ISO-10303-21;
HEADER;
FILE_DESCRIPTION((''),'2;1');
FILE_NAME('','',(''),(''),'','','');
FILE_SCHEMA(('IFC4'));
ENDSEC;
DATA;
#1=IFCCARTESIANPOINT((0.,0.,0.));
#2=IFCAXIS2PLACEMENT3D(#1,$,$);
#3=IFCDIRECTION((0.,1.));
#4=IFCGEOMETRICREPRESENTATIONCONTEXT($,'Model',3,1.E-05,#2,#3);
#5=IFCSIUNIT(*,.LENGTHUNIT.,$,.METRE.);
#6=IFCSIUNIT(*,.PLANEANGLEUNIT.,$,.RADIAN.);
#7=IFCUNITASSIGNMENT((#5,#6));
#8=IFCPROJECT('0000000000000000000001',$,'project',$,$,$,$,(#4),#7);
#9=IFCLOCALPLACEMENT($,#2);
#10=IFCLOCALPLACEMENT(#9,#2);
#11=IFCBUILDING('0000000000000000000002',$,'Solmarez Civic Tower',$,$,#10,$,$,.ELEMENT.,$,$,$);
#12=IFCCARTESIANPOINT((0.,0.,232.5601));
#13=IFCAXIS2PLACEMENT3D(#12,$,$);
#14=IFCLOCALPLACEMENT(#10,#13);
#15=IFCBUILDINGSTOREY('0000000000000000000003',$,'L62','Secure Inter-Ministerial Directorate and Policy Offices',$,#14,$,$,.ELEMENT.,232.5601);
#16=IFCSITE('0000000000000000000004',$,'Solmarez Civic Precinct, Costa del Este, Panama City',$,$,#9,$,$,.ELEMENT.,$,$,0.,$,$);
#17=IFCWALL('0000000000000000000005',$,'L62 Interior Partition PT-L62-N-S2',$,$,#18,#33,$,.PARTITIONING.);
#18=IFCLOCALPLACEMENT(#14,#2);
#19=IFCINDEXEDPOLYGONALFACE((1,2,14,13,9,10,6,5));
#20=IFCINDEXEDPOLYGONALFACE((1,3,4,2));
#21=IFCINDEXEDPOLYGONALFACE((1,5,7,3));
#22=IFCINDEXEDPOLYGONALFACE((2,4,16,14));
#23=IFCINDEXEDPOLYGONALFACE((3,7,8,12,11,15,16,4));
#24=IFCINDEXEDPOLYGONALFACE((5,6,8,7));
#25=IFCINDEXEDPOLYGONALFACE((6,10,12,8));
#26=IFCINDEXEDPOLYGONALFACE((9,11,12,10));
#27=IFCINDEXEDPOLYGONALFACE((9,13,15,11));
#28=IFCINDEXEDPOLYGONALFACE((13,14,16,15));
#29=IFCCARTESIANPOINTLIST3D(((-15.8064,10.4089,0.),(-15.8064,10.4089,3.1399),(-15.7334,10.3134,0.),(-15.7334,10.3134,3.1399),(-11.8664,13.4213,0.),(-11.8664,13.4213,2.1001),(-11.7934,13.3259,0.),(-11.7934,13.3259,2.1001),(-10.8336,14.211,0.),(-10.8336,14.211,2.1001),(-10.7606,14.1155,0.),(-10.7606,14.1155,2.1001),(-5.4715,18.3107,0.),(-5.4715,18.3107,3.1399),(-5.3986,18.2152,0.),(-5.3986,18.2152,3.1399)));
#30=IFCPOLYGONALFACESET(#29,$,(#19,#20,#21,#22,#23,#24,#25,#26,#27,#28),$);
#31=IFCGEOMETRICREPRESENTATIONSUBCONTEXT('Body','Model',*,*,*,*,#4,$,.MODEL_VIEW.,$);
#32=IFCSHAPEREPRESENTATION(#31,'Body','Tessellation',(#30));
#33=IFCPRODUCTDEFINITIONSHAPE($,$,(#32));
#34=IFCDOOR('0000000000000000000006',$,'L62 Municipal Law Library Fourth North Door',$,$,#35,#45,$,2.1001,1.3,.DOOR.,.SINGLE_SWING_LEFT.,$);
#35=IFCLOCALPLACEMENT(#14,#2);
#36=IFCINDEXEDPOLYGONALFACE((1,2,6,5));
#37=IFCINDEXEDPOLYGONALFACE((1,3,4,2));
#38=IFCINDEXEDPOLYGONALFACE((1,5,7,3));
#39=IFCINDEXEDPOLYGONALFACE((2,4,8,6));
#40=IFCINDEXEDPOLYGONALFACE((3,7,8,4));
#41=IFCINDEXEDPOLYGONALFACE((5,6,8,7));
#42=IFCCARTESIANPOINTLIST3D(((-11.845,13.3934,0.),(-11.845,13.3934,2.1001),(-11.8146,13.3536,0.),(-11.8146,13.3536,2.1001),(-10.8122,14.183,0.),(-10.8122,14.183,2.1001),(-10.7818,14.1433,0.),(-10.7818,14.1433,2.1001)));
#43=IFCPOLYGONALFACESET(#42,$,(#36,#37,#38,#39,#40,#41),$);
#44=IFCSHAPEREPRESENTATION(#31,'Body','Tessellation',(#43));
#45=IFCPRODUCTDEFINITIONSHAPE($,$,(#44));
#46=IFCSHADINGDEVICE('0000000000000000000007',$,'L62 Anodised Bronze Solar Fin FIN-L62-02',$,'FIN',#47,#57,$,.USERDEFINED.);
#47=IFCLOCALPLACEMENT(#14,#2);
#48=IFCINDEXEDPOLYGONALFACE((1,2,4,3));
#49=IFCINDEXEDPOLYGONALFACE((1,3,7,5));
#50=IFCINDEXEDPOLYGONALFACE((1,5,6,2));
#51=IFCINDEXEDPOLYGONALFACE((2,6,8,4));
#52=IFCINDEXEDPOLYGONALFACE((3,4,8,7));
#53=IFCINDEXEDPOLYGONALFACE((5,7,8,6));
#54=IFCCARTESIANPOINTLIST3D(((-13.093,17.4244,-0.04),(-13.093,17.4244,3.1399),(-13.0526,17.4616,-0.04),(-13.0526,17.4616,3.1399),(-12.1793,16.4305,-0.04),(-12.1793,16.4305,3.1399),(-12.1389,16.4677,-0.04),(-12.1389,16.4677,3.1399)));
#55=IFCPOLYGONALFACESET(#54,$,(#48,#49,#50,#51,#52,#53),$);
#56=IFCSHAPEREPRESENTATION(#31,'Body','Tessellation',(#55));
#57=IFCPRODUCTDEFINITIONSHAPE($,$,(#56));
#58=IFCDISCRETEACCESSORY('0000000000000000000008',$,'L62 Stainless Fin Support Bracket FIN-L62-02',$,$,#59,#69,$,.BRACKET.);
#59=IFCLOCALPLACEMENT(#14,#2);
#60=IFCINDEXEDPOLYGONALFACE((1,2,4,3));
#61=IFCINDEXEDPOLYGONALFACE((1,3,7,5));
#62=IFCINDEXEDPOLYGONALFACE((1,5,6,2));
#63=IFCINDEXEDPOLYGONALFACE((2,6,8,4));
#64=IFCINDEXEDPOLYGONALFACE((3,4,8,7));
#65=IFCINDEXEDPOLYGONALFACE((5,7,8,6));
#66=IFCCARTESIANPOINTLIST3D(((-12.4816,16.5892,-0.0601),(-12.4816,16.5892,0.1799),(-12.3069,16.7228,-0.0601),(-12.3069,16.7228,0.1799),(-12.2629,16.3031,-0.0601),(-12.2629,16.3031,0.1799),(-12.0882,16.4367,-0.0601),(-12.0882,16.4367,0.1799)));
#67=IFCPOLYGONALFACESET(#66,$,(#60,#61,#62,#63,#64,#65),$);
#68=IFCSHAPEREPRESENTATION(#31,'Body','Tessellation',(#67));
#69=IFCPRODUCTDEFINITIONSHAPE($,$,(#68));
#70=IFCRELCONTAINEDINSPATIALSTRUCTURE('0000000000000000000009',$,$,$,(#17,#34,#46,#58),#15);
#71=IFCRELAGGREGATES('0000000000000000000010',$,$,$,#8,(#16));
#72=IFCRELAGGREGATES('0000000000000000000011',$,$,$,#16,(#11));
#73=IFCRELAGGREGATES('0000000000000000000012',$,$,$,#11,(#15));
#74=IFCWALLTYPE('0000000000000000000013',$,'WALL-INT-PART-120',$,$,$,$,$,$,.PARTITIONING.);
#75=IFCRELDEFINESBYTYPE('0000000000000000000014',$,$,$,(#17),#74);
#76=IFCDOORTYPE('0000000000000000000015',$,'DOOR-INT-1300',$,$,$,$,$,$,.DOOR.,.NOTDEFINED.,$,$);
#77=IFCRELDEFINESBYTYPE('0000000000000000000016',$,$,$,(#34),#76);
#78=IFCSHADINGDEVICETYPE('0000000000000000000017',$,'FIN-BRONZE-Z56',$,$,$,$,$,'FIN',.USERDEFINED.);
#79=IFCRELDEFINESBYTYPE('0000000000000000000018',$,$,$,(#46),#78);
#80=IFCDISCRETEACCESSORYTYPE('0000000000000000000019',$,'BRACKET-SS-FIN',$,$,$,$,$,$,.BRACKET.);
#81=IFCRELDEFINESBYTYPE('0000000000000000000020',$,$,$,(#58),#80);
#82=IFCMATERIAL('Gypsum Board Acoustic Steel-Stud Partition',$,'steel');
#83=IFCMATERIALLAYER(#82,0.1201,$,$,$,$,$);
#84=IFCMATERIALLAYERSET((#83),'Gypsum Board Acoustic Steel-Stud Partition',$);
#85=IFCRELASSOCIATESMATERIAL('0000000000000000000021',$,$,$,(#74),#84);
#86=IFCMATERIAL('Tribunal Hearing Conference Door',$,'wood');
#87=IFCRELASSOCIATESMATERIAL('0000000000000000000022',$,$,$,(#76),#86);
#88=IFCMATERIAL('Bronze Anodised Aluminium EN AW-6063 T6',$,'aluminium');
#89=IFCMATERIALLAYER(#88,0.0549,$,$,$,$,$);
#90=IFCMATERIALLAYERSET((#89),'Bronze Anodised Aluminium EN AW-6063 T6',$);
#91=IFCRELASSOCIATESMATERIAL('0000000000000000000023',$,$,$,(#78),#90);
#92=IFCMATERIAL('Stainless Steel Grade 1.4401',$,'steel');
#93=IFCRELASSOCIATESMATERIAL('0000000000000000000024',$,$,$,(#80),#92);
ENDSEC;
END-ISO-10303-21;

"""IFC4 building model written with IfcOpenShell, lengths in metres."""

from ifc_helpers import new_model, si_unit, direction, frame, frame_2d, origin, origin_2d, place, context, subcontext, project, spatial, rectangle, extrude, material, layer, layer_set, type_object, element, fill, save


model = new_model("IFC4")

# Units and contexts
model_context = context("Model", 3, precision=1e-05, world=origin(), true_north=direction((0.0, 1.0)))
body_context = subcontext(model_context, "Body", "Model", "MODEL_VIEW")
ifc_project = project(units=[si_unit("LENGTHUNIT", "METRE"), si_unit("PLANEANGLEUNIT", "RADIAN")], contexts=[model_context])

# Site, building, storey
site_placement = place(None, origin())
site = spatial("IfcSite", under=ifc_project, at=site_placement, Name="Solmarez Civic Precinct, Costa del Este, Panama City", CompositionType="ELEMENT", RefElevation=0.0)
building_placement = place(site_placement, origin())
building = spatial("IfcBuilding", under=site, at=building_placement, Name="Solmarez Civic Tower", CompositionType="ELEMENT")
storey_placement = place(building_placement, frame((0.0, 0.0, 232.5601)))
storey = spatial("IfcBuildingStorey", under=building, at=storey_placement, Name="L62", Description="Secure Inter-Ministerial Directorate and Policy Offices", CompositionType="ELEMENT", Elevation=232.5601)

# Shared definitions
ifc_material_1 = material(Name="Bronze Anodised Aluminium EN AW-6063 T6", Category="aluminium")

# Shared definitions
ifc_material_2 = material(Name="Gypsum Board Acoustic Steel-Stud Partition", Category="steel")
ifc_layer_1 = layer(ifc_material_2, 0.1201)
ifc_layer_set_1 = layer_set([ifc_layer_1], Name="Gypsum Board Acoustic Steel-Stud Partition")
wall_type_1 = type_object("IfcWallType", Name="WALL-INT-PART-120", PredefinedType="PARTITIONING", material=ifc_layer_set_1)

# Wall, opening, door
wall_1_placement = place(storey_placement, frame((-15.77, 10.3611, 0.0), z_axis=(0.0, 0.0, 1.0), x_axis=(0.794408, 0.607385, 0.0)))
wall_1 = element("IfcWall", 1, at=wall_1_placement, inside=storey, type_object=wall_type_1, Name="L62 Interior Partition PT-L62-N-S2", PredefinedType="PARTITIONING", context=body_context, shape_type="SweptSolid", body=[
    extrude(rectangle(XDim=13.0095, YDim=0.1201, at=frame_2d((6.5049, 0.0))), origin(), (0.0, 0.0, 1.0), 3.1399),
])
opening_placement = place(wall_1_placement, frame((4.96, 0.0, 0.0)))
opening = element("IfcOpeningElement", 2, at=opening_placement, cuts=wall_1, PredefinedType="OPENING", context=body_context, shape_type="SweptSolid", body=[
    extrude(rectangle(XDim=1.3, YDim=2.1001, at=frame_2d((0.6499, 1.05))), frame((0.0, 0.0701, 0.0), z_axis=(0.0, -1.0, 0.0), x_axis=(1.0, 0.0, 0.0)), (0.0, 0.0, 1.0), 0.1401),
])
ifc_material_3 = material(Name="Tribunal Hearing Conference Door", Category="wood")
door_type = type_object("IfcDoorType", Name="DOOR-INT-1300", OperationType="NOTDEFINED", PredefinedType="DOOR", material=ifc_material_3)
door_placement = place(opening_placement, origin())
door = element("IfcDoor", 3, at=door_placement, inside=storey, type_object=door_type, Name="L62 Municipal Law Library Fourth North Door", OperationType="SINGLE_SWING_LEFT", OverallHeight=2.1001, OverallWidth=1.3, PredefinedType="DOOR", context=body_context, shape_type="SweptSolid", body=[
    extrude(rectangle(XDim=1.3, YDim=2.1001, at=frame_2d((0.6499, 1.05))), frame((0.0, 0.0249, 0.0), z_axis=(0.0, -1.0, 0.0), x_axis=(1.0, 0.0, 0.0)), (0.0, 0.0, 1.0), 0.05),
])
fill(opening, door)

# Shading device
ifc_layer_2 = layer(ifc_material_1, 0.0549)
ifc_layer_set_2 = layer_set([ifc_layer_2], Name="Bronze Anodised Aluminium EN AW-6063 T6")
shading_device_type = type_object("IfcShadingDeviceType", Name="FIN-BRONZE-Z56", ElementType="FIN", PredefinedType="USERDEFINED", material=ifc_layer_set_2)
shading_device_placement = place(storey_placement, frame((-12.616, 16.946, -0.04), z_axis=(0.0, 0.0, 1.0), x_axis=(-0.676747, 0.736215, 0.0)))
element("IfcShadingDevice", 4, at=shading_device_placement, inside=storey, type_object=shading_device_type, Name="L62 Anodised Bronze Solar Fin FIN-L62-02", ObjectType="FIN", PredefinedType="USERDEFINED", context=body_context, shape_type="SweptSolid", body=[
    extrude(rectangle(XDim=1.3501, YDim=0.0549, at=origin_2d()), origin(), (0.0, 0.0, 1.0), 3.1799),
])

# Discrete accessory
ifc_material_4 = material(Name="Stainless Steel Grade 1.4401", Category="steel")
discrete_accessory_type = type_object("IfcDiscreteAccessoryType", Name="BRACKET-SS-FIN", PredefinedType="BRACKET", material=ifc_material_4)
discrete_accessory_placement = place(storey_placement, frame((-12.2849, 16.5129, -0.0601), z_axis=(0.0, 0.0, 1.0), x_axis=(-0.607362, 0.794425, 0.0)))
element("IfcDiscreteAccessory", 5, at=discrete_accessory_placement, inside=storey, type_object=discrete_accessory_type, Name="L62 Stainless Fin Support Bracket FIN-L62-02", PredefinedType="BRACKET", context=body_context, shape_type="SweptSolid", body=[
    extrude(rectangle(XDim=0.3601, YDim=0.22, at=origin_2d()), origin(), (0.0, 0.0, 1.0), 0.24),
])

save(model, "model.ifc")
